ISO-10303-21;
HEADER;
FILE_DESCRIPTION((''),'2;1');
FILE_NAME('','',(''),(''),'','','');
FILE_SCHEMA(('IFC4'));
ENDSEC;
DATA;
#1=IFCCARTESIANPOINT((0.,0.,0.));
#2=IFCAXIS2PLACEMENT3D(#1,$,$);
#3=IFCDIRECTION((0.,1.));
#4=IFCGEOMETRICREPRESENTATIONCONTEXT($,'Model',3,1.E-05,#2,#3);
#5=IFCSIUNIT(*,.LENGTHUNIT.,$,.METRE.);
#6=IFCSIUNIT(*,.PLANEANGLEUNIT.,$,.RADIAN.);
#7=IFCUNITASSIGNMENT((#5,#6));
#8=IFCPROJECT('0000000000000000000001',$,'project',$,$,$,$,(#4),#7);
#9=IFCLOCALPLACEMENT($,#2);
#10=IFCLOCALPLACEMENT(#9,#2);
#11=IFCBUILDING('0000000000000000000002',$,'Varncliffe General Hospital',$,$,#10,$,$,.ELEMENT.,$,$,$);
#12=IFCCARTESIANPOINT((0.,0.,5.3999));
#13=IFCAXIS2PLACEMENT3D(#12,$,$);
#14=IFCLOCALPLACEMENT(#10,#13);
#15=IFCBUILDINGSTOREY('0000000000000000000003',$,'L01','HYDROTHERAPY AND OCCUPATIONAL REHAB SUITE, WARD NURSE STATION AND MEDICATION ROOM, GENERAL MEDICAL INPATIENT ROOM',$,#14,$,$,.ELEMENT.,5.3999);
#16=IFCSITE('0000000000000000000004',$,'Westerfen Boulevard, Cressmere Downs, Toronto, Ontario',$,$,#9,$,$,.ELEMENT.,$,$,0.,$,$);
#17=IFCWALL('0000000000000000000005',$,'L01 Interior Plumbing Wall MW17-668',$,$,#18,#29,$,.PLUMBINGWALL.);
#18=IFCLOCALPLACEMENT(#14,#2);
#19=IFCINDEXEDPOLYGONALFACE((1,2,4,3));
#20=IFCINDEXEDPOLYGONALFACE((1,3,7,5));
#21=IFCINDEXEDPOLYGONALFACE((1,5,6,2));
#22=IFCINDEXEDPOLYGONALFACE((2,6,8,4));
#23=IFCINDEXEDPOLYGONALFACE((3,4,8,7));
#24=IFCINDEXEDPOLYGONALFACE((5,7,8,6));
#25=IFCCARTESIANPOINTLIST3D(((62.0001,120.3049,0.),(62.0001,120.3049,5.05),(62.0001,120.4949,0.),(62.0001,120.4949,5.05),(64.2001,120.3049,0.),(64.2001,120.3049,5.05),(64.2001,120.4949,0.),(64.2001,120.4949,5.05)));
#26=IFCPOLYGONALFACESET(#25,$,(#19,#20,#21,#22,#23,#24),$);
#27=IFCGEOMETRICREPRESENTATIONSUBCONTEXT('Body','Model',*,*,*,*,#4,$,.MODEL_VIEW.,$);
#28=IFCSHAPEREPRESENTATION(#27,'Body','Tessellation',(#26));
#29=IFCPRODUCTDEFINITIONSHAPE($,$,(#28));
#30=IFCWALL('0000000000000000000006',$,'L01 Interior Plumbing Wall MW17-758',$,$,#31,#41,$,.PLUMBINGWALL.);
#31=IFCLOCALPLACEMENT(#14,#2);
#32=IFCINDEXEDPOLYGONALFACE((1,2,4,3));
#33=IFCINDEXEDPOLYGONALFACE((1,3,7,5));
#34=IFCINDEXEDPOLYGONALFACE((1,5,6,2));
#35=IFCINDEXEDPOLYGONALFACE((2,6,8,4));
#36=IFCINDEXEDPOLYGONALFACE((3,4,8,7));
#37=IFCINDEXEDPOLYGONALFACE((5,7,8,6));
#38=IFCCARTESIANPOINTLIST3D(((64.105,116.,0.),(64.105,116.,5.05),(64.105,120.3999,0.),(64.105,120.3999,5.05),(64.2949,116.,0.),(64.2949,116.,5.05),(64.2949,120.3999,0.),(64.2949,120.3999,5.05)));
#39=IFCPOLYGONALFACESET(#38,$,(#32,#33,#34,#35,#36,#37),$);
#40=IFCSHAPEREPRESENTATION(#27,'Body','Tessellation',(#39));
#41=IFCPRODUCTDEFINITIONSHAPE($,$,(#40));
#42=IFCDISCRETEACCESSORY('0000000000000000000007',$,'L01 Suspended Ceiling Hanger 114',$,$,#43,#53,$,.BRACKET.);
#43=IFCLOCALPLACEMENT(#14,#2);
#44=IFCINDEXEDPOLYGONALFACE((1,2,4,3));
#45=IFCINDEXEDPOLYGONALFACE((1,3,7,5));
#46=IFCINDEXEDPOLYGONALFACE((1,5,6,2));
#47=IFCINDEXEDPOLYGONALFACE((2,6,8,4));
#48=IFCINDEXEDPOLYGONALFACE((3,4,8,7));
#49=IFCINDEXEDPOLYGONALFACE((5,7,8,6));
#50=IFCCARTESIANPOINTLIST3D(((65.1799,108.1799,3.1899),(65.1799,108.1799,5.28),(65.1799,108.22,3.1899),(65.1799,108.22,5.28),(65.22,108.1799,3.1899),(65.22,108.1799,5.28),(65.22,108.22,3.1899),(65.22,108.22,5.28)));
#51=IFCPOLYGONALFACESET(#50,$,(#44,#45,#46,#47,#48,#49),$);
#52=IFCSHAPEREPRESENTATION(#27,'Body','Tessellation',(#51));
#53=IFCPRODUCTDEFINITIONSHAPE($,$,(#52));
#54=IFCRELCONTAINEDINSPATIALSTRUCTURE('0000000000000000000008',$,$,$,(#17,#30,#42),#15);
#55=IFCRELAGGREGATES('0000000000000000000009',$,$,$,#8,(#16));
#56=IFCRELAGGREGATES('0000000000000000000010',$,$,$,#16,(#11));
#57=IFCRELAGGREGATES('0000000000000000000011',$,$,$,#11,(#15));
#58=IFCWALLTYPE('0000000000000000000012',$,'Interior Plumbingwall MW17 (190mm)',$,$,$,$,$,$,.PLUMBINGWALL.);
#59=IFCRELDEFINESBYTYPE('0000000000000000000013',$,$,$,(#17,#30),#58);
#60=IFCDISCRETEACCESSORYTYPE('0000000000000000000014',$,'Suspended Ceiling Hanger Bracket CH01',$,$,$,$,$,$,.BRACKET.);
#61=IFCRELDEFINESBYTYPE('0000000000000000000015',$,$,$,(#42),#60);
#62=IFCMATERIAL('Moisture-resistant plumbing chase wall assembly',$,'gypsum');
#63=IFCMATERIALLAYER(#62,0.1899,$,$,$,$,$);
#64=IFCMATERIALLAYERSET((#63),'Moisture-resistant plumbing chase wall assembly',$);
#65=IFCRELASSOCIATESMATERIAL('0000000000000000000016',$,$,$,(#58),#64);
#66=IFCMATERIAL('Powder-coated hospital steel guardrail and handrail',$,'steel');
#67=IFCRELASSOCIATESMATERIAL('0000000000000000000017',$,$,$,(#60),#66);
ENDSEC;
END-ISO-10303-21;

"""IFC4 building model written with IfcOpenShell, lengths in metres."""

from ifc_helpers import new_model, si_unit, direction, frame, frame_2d, origin, origin_2d, place, context, subcontext, project, spatial, rectangle, extrude, material, layer, layer_set, type_object, element, save


model = new_model("IFC4")

# Units and contexts
model_context = context("Model", 3, precision=1e-05, world=origin(), true_north=direction((0.0, 1.0)))
body_context = subcontext(model_context, "Body", "Model", "MODEL_VIEW")
ifc_project = project(units=[si_unit("LENGTHUNIT", "METRE"), si_unit("PLANEANGLEUNIT", "RADIAN")], contexts=[model_context])

# Site, building, storey
site_placement = place(None, origin())
site = spatial("IfcSite", under=ifc_project, at=site_placement, Name="Westerfen Boulevard, Cressmere Downs, Toronto, Ontario", CompositionType="ELEMENT", RefElevation=0.0)
building_placement = place(site_placement, origin())
building = spatial("IfcBuilding", under=site, at=building_placement, Name="Varncliffe General Hospital", CompositionType="ELEMENT")
storey_placement = place(building_placement, frame((0.0, 0.0, 5.3999)))
storey = spatial("IfcBuildingStorey", under=building, at=storey_placement, Name="L01", Description="HYDROTHERAPY AND OCCUPATIONAL REHAB SUITE, WARD NURSE STATION AND MEDICATION ROOM, GENERAL MEDICAL INPATIENT ROOM", CompositionType="ELEMENT", Elevation=5.3999)

# Walls
ifc_material_1 = material(Name="Moisture-resistant plumbing chase wall assembly", Category="gypsum")
ifc_layer_1 = layer(ifc_material_1, 0.1899)
ifc_layer_set_1 = layer_set([ifc_layer_1], Name="Moisture-resistant plumbing chase wall assembly")
wall_type_1 = type_object("IfcWallType", Name="Interior Plumbingwall MW17 (190mm)", PredefinedType="PLUMBINGWALL", material=ifc_layer_set_1)
for number, where, z_axis, x_axis, name in (
    (1, (62.0, 120.3999, 0.0), (0.0, 0.0, 1.0), (1.0, 0.0, 0.0), "L01 Interior Plumbing Wall MW17-668"),
):
    element("IfcWall", number, at=place(storey_placement, frame(where, z_axis=z_axis, x_axis=x_axis)), inside=storey, type_object=wall_type_1, Name=name, PredefinedType="PLUMBINGWALL", context=body_context, shape_type="SweptSolid", body=[
        extrude(rectangle(XDim=2.2, YDim=0.1899, at=frame_2d((1.1001, 0.0))), origin(), (0.0, 0.0, 1.0), 5.05),
    ])
wall_1_placement = place(storey_placement, frame((64.2, 116.0, 0.0), z_axis=(0.0, 0.0, 1.0), x_axis=(0.0, 1.0, 0.0)))
element("IfcWall", 2, at=wall_1_placement, inside=storey, type_object=wall_type_1, Name="L01 Interior Plumbing Wall MW17-758", PredefinedType="PLUMBINGWALL", context=body_context, shape_type="SweptSolid", body=[
    extrude(rectangle(XDim=4.3999, YDim=0.1899, at=frame_2d((2.2, 0.0))), origin(), (0.0, 0.0, 1.0), 5.05),
])

# Discrete accessory
ifc_material_2 = material(Name="Powder-coated hospital steel guardrail and handrail", Category="steel")
discrete_accessory_type = type_object("IfcDiscreteAccessoryType", Name="Suspended Ceiling Hanger Bracket CH01", PredefinedType="BRACKET", material=ifc_material_2)
discrete_accessory_placement = place(storey_placement, frame((65.2, 108.2, 3.1899), z_axis=(0.0, 0.0, 1.0), x_axis=(1.0, 0.0, 0.0)))
element("IfcDiscreteAccessory", 3, at=discrete_accessory_placement, inside=storey, type_object=discrete_accessory_type, Name="L01 Suspended Ceiling Hanger 114", PredefinedType="BRACKET", context=body_context, shape_type="SweptSolid", body=[
    extrude(rectangle(XDim=0.04, YDim=0.04, at=origin_2d()), origin(), (0.0, 0.0, 1.0), 2.0901),
])

save(model, "model.ifc")
